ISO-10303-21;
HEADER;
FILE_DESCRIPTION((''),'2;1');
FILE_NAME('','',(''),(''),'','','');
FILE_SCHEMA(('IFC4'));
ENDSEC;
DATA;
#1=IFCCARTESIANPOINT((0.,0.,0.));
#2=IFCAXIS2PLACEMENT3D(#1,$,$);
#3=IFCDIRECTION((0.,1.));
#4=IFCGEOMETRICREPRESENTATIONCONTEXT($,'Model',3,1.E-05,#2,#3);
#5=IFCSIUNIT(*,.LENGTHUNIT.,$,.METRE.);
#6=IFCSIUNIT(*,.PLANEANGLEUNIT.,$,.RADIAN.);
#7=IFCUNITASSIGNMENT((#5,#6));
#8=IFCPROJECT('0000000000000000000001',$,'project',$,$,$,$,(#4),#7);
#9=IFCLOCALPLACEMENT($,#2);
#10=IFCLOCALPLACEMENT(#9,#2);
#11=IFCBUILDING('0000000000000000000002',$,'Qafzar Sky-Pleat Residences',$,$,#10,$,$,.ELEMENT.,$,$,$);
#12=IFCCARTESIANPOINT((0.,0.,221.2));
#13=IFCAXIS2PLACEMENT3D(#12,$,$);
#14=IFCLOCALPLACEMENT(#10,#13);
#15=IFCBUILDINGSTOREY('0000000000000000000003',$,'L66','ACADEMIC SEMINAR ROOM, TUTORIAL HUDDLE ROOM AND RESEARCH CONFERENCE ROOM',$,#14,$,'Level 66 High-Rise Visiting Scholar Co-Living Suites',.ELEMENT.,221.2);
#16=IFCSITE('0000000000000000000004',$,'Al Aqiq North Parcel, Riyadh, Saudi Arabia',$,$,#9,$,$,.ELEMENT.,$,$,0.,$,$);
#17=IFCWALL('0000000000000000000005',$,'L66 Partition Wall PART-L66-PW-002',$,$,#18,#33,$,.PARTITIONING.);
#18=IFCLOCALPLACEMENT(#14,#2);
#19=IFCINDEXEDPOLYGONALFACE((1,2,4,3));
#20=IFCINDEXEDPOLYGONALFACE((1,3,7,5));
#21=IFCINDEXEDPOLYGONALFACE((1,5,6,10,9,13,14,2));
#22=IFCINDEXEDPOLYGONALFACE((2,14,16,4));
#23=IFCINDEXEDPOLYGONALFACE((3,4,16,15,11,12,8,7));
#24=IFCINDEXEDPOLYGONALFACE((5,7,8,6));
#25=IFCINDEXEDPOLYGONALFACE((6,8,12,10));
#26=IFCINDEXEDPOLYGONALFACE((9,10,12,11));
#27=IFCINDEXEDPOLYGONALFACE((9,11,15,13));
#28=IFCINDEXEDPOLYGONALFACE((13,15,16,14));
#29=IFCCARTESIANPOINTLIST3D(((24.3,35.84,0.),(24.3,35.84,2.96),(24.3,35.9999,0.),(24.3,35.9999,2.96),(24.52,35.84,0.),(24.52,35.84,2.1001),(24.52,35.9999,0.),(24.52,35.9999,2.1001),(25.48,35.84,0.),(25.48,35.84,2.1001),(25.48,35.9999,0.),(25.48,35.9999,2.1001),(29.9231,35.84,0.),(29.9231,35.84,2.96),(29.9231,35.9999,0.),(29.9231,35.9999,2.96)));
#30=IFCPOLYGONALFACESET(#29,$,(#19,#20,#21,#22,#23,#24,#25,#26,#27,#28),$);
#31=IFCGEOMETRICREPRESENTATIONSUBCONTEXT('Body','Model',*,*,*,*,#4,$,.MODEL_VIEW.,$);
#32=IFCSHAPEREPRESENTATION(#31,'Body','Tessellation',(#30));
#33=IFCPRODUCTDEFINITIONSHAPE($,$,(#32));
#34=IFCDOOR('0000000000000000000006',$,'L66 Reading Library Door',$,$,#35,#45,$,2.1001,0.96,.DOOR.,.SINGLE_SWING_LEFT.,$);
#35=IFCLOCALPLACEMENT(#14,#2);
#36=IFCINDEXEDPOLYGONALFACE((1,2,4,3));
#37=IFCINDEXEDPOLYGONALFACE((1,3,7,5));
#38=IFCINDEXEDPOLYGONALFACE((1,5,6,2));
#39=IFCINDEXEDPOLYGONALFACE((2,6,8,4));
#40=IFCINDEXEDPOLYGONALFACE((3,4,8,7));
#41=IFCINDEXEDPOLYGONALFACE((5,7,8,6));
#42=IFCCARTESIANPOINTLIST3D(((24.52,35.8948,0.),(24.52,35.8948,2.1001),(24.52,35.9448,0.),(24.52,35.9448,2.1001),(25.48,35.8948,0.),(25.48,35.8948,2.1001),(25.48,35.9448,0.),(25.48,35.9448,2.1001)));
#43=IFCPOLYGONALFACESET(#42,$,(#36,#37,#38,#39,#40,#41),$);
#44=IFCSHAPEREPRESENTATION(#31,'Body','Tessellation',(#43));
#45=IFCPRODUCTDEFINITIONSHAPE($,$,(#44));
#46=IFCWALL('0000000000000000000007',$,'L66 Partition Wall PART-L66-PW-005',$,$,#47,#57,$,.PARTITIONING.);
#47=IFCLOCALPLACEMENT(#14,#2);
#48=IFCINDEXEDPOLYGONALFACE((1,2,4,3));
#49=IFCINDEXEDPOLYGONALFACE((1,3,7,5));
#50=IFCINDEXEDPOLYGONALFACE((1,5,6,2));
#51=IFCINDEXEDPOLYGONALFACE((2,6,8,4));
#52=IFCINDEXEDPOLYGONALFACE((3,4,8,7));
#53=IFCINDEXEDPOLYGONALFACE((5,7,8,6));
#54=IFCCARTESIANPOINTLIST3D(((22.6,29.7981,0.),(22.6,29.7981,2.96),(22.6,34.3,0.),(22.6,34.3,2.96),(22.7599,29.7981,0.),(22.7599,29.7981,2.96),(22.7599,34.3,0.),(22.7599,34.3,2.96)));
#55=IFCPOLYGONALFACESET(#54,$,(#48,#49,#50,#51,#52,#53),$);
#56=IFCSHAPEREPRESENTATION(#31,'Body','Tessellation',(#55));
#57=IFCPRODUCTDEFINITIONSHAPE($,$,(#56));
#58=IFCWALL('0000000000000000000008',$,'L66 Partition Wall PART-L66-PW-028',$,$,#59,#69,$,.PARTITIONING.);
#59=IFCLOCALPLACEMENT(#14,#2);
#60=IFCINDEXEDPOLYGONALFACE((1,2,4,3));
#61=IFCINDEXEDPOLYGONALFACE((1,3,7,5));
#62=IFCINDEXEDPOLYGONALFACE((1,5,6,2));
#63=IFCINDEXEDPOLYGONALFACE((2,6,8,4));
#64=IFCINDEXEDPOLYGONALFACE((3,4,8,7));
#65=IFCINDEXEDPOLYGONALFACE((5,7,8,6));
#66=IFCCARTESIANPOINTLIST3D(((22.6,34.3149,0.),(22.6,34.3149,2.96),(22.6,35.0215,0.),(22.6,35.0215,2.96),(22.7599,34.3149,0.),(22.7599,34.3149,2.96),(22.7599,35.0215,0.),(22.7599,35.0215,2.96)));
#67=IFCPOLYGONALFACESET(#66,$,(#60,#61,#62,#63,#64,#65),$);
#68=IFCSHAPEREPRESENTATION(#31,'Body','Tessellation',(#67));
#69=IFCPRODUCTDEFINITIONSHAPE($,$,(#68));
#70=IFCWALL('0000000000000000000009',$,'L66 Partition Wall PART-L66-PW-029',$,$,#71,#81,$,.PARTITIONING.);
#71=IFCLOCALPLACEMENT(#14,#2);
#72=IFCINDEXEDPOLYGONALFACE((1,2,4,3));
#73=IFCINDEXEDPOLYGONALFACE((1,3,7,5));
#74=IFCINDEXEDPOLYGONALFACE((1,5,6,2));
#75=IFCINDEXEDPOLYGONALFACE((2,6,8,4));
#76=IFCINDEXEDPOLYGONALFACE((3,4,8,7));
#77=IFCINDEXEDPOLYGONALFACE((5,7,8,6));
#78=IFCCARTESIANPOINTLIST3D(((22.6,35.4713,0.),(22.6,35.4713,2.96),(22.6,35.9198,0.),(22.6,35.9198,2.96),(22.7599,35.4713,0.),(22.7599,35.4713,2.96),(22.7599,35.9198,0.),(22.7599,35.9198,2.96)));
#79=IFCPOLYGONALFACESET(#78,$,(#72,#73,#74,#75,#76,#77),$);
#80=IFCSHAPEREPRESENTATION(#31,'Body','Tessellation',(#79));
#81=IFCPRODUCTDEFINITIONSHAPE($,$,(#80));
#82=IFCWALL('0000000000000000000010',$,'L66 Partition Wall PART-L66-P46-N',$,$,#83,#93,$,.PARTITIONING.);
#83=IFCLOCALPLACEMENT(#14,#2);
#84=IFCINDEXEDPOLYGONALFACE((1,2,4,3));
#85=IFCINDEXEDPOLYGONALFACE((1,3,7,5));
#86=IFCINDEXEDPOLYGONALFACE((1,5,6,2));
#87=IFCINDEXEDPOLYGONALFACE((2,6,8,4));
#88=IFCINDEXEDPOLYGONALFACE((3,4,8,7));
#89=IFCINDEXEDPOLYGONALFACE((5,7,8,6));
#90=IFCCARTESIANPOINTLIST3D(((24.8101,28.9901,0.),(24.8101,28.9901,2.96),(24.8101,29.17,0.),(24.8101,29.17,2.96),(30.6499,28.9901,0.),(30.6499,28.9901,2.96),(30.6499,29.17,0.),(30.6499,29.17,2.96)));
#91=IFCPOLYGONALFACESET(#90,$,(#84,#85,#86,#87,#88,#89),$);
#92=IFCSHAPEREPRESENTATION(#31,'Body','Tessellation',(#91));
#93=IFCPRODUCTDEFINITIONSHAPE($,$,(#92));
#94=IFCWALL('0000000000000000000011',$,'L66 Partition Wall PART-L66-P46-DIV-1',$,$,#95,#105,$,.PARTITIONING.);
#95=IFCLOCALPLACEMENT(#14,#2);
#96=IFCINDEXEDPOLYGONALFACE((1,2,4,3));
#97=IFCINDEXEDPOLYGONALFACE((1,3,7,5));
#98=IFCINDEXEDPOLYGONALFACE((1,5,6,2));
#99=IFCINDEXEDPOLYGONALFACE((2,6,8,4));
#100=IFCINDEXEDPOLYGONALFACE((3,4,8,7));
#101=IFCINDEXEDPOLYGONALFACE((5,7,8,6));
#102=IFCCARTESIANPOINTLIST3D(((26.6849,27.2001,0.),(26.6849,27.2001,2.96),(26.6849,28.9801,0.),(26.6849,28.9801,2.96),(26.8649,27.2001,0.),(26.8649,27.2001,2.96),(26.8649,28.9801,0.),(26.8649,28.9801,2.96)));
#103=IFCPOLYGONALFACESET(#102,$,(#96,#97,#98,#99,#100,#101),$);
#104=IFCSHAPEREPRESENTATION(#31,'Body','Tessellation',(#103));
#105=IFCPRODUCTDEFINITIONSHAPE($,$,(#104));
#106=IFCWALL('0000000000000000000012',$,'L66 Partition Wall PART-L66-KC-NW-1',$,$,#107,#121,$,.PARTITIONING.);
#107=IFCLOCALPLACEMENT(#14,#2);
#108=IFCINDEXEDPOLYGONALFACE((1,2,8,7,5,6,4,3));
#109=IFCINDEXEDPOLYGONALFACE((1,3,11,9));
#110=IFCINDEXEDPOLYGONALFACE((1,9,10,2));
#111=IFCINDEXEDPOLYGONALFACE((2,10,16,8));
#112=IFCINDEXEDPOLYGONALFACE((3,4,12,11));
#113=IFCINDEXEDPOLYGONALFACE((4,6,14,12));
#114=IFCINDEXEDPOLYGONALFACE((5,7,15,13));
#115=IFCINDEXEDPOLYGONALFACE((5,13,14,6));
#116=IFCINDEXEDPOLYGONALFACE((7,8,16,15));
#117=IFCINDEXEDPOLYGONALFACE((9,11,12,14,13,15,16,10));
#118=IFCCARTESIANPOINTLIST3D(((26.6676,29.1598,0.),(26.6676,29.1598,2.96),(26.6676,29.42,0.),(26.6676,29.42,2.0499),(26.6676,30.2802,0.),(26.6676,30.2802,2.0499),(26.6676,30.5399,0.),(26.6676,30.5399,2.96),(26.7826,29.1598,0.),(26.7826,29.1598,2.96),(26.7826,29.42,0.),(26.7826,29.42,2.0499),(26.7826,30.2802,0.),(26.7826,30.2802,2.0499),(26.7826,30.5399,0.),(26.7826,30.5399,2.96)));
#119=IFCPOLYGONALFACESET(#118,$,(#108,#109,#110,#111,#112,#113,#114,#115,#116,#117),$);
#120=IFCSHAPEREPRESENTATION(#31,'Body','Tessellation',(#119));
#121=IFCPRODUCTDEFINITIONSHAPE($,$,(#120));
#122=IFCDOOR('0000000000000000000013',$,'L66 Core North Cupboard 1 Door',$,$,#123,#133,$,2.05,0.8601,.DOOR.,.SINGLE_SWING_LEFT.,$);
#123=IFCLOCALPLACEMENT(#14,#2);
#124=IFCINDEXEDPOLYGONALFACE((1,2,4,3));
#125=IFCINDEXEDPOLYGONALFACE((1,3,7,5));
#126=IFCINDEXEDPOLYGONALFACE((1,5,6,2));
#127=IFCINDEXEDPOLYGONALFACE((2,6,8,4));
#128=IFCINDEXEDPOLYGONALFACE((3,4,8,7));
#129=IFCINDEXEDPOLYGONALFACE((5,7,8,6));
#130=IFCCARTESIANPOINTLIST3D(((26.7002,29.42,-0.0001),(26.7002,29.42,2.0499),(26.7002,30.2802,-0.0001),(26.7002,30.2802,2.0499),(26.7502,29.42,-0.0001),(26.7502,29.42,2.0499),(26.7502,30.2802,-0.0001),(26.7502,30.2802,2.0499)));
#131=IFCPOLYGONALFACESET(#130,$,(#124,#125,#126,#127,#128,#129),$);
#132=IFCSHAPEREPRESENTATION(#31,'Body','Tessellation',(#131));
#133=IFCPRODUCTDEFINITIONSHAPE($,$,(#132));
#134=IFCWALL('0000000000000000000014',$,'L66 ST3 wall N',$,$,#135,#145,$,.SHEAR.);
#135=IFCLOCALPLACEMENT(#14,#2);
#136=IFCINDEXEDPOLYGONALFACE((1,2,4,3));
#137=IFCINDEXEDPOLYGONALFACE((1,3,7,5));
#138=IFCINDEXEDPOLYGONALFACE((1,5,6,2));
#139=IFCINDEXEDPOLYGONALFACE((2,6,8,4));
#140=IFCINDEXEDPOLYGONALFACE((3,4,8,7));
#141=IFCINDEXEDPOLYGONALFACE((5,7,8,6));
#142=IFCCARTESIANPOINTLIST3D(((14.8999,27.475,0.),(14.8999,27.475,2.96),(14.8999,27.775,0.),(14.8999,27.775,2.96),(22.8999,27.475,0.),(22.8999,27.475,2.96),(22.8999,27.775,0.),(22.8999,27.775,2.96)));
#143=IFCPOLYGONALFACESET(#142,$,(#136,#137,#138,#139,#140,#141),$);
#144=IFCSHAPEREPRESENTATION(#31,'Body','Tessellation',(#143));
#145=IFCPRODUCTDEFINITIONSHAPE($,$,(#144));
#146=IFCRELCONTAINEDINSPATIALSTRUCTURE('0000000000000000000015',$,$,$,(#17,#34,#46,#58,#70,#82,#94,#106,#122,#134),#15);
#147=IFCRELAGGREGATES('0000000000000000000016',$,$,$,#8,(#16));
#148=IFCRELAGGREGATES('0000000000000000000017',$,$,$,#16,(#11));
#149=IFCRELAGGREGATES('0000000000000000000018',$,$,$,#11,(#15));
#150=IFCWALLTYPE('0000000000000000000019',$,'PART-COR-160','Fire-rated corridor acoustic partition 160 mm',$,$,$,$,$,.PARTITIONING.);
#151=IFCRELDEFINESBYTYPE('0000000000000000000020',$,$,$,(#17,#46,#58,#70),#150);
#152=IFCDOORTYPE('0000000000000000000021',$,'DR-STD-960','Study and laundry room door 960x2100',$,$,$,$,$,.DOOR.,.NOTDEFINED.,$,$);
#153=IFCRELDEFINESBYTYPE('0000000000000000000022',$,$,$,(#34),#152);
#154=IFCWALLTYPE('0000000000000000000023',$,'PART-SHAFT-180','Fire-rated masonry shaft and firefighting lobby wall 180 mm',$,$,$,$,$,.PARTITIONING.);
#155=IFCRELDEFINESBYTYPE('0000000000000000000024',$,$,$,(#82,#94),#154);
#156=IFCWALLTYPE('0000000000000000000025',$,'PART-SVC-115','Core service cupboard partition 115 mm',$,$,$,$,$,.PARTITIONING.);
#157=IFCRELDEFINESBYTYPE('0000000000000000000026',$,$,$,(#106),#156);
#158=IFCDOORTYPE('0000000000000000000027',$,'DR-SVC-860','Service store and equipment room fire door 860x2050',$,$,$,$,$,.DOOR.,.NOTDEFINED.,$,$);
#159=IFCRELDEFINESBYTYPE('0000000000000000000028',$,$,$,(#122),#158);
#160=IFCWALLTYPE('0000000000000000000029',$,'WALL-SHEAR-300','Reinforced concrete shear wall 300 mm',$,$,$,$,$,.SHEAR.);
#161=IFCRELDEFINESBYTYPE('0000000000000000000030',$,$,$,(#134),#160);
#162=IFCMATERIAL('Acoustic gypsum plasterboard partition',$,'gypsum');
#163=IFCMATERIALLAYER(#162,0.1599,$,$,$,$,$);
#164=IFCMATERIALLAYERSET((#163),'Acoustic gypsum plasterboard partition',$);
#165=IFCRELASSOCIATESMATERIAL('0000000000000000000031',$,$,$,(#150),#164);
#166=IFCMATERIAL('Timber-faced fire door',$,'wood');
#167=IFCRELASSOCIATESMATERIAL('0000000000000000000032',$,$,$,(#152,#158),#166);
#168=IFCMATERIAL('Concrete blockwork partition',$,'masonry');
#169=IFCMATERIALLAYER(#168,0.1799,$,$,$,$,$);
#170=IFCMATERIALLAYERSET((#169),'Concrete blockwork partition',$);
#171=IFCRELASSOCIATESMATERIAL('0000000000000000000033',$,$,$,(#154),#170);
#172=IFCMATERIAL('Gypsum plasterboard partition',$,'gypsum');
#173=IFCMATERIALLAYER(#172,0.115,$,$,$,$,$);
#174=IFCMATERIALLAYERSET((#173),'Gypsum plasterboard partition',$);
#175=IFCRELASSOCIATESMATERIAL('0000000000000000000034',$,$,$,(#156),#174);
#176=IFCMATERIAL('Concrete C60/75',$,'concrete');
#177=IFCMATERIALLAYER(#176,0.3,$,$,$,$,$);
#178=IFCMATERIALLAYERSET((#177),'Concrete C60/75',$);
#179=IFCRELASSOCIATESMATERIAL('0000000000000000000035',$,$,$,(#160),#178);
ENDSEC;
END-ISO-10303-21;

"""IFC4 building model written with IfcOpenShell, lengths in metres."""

from ifc_helpers import new_model, si_unit, direction, frame, frame_2d, origin, place, context, subcontext, project, spatial, rectangle, extrude, source, transform, mapped, material, layer, layer_set, type_object, element, fill, save


model = new_model("IFC4")

# Units and contexts
model_context = context("Model", 3, precision=1e-05, world=origin(), true_north=direction((0.0, 1.0)))
body_context = subcontext(model_context, "Body", "Model", "MODEL_VIEW")
ifc_project = project(units=[si_unit("LENGTHUNIT", "METRE"), si_unit("PLANEANGLEUNIT", "RADIAN")], contexts=[model_context])

# Site, building, storey
site_placement = place(None, origin())
site = spatial("IfcSite", under=ifc_project, at=site_placement, Name="Al Aqiq North Parcel, Riyadh, Saudi Arabia", CompositionType="ELEMENT", RefElevation=0.0)
building_placement = place(site_placement, origin())
building = spatial("IfcBuilding", under=site, at=building_placement, Name="Qafzar Sky-Pleat Residences", CompositionType="ELEMENT")
storey_placement = place(building_placement, frame((0.0, 0.0, 221.2)))
storey = spatial("IfcBuildingStorey", under=building, at=storey_placement, Name="L66", Description="ACADEMIC SEMINAR ROOM, TUTORIAL HUDDLE ROOM AND RESEARCH CONFERENCE ROOM", LongName="Level 66 High-Rise Visiting Scholar Co-Living Suites", CompositionType="ELEMENT", Elevation=221.2)

# Wall, opening, door
ifc_material_1 = material(Name="Acoustic gypsum plasterboard partition", Category="gypsum")
ifc_layer_1 = layer(ifc_material_1, 0.1599)
ifc_layer_set_1 = layer_set([ifc_layer_1], Name="Acoustic gypsum plasterboard partition")
wall_type_1 = type_object("IfcWallType", Name="PART-COR-160", Description="Fire-rated corridor acoustic partition 160 mm", PredefinedType="PARTITIONING", material=ifc_layer_set_1)
wall_1_placement = place(storey_placement, frame((24.3, 35.9199, 0.0), z_axis=(0.0, 0.0, 1.0), x_axis=(1.0, 0.0, 0.0)))
wall_1 = element("IfcWall", 1, at=wall_1_placement, inside=storey, type_object=wall_type_1, Name="L66 Partition Wall PART-L66-PW-002", PredefinedType="PARTITIONING", context=body_context, shape_type="SweptSolid", body=[
    extrude(rectangle(XDim=5.623, YDim=0.1599, at=frame_2d((2.8115, 0.0))), origin(), (0.0, 0.0, 1.0), 2.96),
])
opening_1_placement = place(wall_1_placement, frame((0.22, 0.0, 0.0)))
opening_1 = element("IfcOpeningElement", 2, at=opening_1_placement, cuts=wall_1, PredefinedType="OPENING", context=body_context, shape_type="SweptSolid", body=[
    extrude(rectangle(XDim=0.96, YDim=2.1001, at=frame_2d((0.48, 1.05))), frame((0.0, 0.0898, 0.0), z_axis=(0.0, -1.0, 0.0), x_axis=(1.0, 0.0, 0.0)), (0.0, 0.0, 1.0), 0.1799),
])
ifc_material_2 = material(Name="Timber-faced fire door", Category="wood")
door_type_1 = type_object("IfcDoorType", Name="DR-STD-960", Description="Study and laundry room door 960x2100", OperationType="NOTDEFINED", PredefinedType="DOOR", material=ifc_material_2)
shared_shape_1 = source(origin(), body_context, "Body", "SweptSolid", [
    extrude(rectangle(XDim=0.96, YDim=2.1001, at=frame_2d((0.48, 1.05))), frame((0.0, 0.0249, 0.0), z_axis=(0.0, -1.0, 0.0), x_axis=(1.0, 0.0, 0.0)), (0.0, 0.0, 1.0), 0.05),
])
door_1_placement = place(opening_1_placement, origin())
door_1 = element("IfcDoor", 3, at=door_1_placement, inside=storey, type_object=door_type_1, Name="L66 Reading Library Door", OperationType="SINGLE_SWING_LEFT", OverallHeight=2.1001, OverallWidth=0.96, PredefinedType="DOOR", context=body_context, shape_type="MappedRepresentation", body=[
    mapped(shared_shape_1, transform((0.0, 0.0, 0.0), x_axis=(1.0, 0.0, 0.0), y_axis=(0.0, 1.0, 0.0), z_axis=(0.0, 0.0, 1.0), scale=1.0)),
])
fill(opening_1, door_1)

# Walls
wall_2_placement = place(storey_placement, frame((22.6799, 29.7981, 0.0), z_axis=(0.0, 0.0, 1.0), x_axis=(0.0, 1.0, 0.0)))
element("IfcWall", 4, at=wall_2_placement, inside=storey, type_object=wall_type_1, Name="L66 Partition Wall PART-L66-PW-005", PredefinedType="PARTITIONING", context=body_context, shape_type="SweptSolid", body=[
    extrude(rectangle(XDim=4.502, YDim=0.1599, at=frame_2d((2.251, 0.0))), origin(), (0.0, 0.0, 1.0), 2.96),
])
wall_3_placement = place(storey_placement, frame((22.6799, 34.3149, 0.0), z_axis=(0.0, 0.0, 1.0), x_axis=(0.0, 1.0, 0.0)))
element("IfcWall", 5, at=wall_3_placement, inside=storey, type_object=wall_type_1, Name="L66 Partition Wall PART-L66-PW-028", PredefinedType="PARTITIONING", context=body_context, shape_type="SweptSolid", body=[
    extrude(rectangle(XDim=0.7065, YDim=0.1599, at=frame_2d((0.3533, 0.0))), origin(), (0.0, 0.0, 1.0), 2.96),
])
wall_4_placement = place(storey_placement, frame((22.6799, 35.4714, 0.0), z_axis=(0.0, 0.0, 1.0), x_axis=(0.0, 1.0, 0.0)))
element("IfcWall", 6, at=wall_4_placement, inside=storey, type_object=wall_type_1, Name="L66 Partition Wall PART-L66-PW-029", PredefinedType="PARTITIONING", context=body_context, shape_type="SweptSolid", body=[
    extrude(rectangle(XDim=0.4485, YDim=0.1599, at=frame_2d((0.2241, 0.0))), origin(), (0.0, 0.0, 1.0), 2.96),
])
ifc_material_3 = material(Name="Concrete blockwork partition", Category="masonry")
ifc_layer_2 = layer(ifc_material_3, 0.1799)
ifc_layer_set_2 = layer_set([ifc_layer_2], Name="Concrete blockwork partition")
wall_type_2 = type_object("IfcWallType", Name="PART-SHAFT-180", Description="Fire-rated masonry shaft and firefighting lobby wall 180 mm", PredefinedType="PARTITIONING", material=ifc_layer_set_2)
wall_5_placement = place(storey_placement, frame((24.8101, 29.0801, 0.0), z_axis=(0.0, 0.0, 1.0), x_axis=(1.0, 0.0, 0.0)))
element("IfcWall", 7, at=wall_5_placement, inside=storey, type_object=wall_type_2, Name="L66 Partition Wall PART-L66-P46-N", PredefinedType="PARTITIONING", context=body_context, shape_type="SweptSolid", body=[
    extrude(rectangle(XDim=5.8398, YDim=0.1799, at=frame_2d((2.9199, 0.0))), origin(), (0.0, 0.0, 1.0), 2.96),
])

# Wall
wall_6_placement = place(storey_placement, frame((26.7749, 27.2, 0.0), z_axis=(0.0, 0.0, 1.0), x_axis=(0.0, 1.0, 0.0)))
element("IfcWall", 8, at=wall_6_placement, inside=storey, type_object=wall_type_2, Name="L66 Partition Wall PART-L66-P46-DIV-1", PredefinedType="PARTITIONING", context=body_context, shape_type="SweptSolid", body=[
    extrude(rectangle(XDim=1.78, YDim=0.1799, at=frame_2d((0.8901, 0.0))), origin(), (0.0, 0.0, 1.0), 2.96),
])

# Wall, opening, door
ifc_material_4 = material(Name="Gypsum plasterboard partition", Category="gypsum")
ifc_layer_3 = layer(ifc_material_4, 0.115)
ifc_layer_set_3 = layer_set([ifc_layer_3], Name="Gypsum plasterboard partition")
wall_type_3 = type_object("IfcWallType", Name="PART-SVC-115", Description="Core service cupboard partition 115 mm", PredefinedType="PARTITIONING", material=ifc_layer_set_3)
wall_7_placement = place(storey_placement, frame((26.7251, 29.1599, 0.0), z_axis=(0.0, 0.0, 1.0), x_axis=(0.0, 1.0, 0.0)))
wall_7 = element("IfcWall", 9, at=wall_7_placement, inside=storey, type_object=wall_type_3, Name="L66 Partition Wall PART-L66-KC-NW-1", PredefinedType="PARTITIONING", context=body_context, shape_type="SweptSolid", body=[
    extrude(rectangle(XDim=1.3801, YDim=0.115, at=frame_2d((0.6899, 0.0))), origin(), (0.0, 0.0, 1.0), 2.96),
])
opening_2_placement = place(wall_7_placement, frame((0.26, 0.0, 0.0)))
opening_2 = element("IfcOpeningElement", 10, at=opening_2_placement, cuts=wall_7, PredefinedType="OPENING", context=body_context, shape_type="SweptSolid", body=[
    extrude(rectangle(XDim=0.8601, YDim=2.05, at=frame_2d((0.4302, 1.0249))), frame((0.0, 0.0674, 0.0), z_axis=(0.0, -1.0, 0.0), x_axis=(1.0, 0.0, 0.0)), (0.0, 0.0, 1.0), 0.135),
])
door_type_2 = type_object("IfcDoorType", Name="DR-SVC-860", Description="Service store and equipment room fire door 860x2050", OperationType="NOTDEFINED", PredefinedType="DOOR", material=ifc_material_2)
shared_shape_2 = source(origin(), body_context, "Body", "SweptSolid", [
    extrude(rectangle(XDim=0.8601, YDim=2.05, at=frame_2d((0.4302, 1.0249))), frame((0.0, 0.0249, 0.0), z_axis=(0.0, -1.0, 0.0), x_axis=(1.0, 0.0, 0.0)), (0.0, 0.0, 1.0), 0.05),
])
door_2_placement = place(opening_2_placement, origin())
door_2 = element("IfcDoor", 11, at=door_2_placement, inside=storey, type_object=door_type_2, Name="L66 Core North Cupboard 1 Door", OperationType="SINGLE_SWING_LEFT", OverallHeight=2.05, OverallWidth=0.8601, PredefinedType="DOOR", context=body_context, shape_type="MappedRepresentation", body=[
    mapped(shared_shape_2, transform((0.0, 0.0, 0.0), x_axis=(1.0, 0.0, 0.0), y_axis=(0.0, 1.0, 0.0), z_axis=(0.0, 0.0, 1.0), scale=1.0)),
])
fill(opening_2, door_2)

# Shared definitions
ifc_material_5 = material(Name="Concrete C60/75", Category="concrete")
ifc_layer_4 = layer(ifc_material_5, 0.3)
ifc_layer_set_4 = layer_set([ifc_layer_4], Name="Concrete C60/75")
wall_type_4 = type_object("IfcWallType", Name="WALL-SHEAR-300", Description="Reinforced concrete shear wall 300 mm", PredefinedType="SHEAR", material=ifc_layer_set_4)

# Wall
wall_8_placement = place(storey_placement, frame((22.8999, 27.625, 0.0), z_axis=(0.0, 0.0, 1.0), x_axis=(-1.0, 0.0, 0.0)))
element("IfcWall", 12, at=wall_8_placement, inside=storey, type_object=wall_type_4, Name="L66 ST3 wall N", PredefinedType="SHEAR", context=body_context, shape_type="SweptSolid", body=[
    extrude(rectangle(XDim=8.0, YDim=0.3, at=frame_2d((4.0, 0.0))), origin(), (0.0, 0.0, 1.0), 2.96),
])

save(model, "model.ifc")
